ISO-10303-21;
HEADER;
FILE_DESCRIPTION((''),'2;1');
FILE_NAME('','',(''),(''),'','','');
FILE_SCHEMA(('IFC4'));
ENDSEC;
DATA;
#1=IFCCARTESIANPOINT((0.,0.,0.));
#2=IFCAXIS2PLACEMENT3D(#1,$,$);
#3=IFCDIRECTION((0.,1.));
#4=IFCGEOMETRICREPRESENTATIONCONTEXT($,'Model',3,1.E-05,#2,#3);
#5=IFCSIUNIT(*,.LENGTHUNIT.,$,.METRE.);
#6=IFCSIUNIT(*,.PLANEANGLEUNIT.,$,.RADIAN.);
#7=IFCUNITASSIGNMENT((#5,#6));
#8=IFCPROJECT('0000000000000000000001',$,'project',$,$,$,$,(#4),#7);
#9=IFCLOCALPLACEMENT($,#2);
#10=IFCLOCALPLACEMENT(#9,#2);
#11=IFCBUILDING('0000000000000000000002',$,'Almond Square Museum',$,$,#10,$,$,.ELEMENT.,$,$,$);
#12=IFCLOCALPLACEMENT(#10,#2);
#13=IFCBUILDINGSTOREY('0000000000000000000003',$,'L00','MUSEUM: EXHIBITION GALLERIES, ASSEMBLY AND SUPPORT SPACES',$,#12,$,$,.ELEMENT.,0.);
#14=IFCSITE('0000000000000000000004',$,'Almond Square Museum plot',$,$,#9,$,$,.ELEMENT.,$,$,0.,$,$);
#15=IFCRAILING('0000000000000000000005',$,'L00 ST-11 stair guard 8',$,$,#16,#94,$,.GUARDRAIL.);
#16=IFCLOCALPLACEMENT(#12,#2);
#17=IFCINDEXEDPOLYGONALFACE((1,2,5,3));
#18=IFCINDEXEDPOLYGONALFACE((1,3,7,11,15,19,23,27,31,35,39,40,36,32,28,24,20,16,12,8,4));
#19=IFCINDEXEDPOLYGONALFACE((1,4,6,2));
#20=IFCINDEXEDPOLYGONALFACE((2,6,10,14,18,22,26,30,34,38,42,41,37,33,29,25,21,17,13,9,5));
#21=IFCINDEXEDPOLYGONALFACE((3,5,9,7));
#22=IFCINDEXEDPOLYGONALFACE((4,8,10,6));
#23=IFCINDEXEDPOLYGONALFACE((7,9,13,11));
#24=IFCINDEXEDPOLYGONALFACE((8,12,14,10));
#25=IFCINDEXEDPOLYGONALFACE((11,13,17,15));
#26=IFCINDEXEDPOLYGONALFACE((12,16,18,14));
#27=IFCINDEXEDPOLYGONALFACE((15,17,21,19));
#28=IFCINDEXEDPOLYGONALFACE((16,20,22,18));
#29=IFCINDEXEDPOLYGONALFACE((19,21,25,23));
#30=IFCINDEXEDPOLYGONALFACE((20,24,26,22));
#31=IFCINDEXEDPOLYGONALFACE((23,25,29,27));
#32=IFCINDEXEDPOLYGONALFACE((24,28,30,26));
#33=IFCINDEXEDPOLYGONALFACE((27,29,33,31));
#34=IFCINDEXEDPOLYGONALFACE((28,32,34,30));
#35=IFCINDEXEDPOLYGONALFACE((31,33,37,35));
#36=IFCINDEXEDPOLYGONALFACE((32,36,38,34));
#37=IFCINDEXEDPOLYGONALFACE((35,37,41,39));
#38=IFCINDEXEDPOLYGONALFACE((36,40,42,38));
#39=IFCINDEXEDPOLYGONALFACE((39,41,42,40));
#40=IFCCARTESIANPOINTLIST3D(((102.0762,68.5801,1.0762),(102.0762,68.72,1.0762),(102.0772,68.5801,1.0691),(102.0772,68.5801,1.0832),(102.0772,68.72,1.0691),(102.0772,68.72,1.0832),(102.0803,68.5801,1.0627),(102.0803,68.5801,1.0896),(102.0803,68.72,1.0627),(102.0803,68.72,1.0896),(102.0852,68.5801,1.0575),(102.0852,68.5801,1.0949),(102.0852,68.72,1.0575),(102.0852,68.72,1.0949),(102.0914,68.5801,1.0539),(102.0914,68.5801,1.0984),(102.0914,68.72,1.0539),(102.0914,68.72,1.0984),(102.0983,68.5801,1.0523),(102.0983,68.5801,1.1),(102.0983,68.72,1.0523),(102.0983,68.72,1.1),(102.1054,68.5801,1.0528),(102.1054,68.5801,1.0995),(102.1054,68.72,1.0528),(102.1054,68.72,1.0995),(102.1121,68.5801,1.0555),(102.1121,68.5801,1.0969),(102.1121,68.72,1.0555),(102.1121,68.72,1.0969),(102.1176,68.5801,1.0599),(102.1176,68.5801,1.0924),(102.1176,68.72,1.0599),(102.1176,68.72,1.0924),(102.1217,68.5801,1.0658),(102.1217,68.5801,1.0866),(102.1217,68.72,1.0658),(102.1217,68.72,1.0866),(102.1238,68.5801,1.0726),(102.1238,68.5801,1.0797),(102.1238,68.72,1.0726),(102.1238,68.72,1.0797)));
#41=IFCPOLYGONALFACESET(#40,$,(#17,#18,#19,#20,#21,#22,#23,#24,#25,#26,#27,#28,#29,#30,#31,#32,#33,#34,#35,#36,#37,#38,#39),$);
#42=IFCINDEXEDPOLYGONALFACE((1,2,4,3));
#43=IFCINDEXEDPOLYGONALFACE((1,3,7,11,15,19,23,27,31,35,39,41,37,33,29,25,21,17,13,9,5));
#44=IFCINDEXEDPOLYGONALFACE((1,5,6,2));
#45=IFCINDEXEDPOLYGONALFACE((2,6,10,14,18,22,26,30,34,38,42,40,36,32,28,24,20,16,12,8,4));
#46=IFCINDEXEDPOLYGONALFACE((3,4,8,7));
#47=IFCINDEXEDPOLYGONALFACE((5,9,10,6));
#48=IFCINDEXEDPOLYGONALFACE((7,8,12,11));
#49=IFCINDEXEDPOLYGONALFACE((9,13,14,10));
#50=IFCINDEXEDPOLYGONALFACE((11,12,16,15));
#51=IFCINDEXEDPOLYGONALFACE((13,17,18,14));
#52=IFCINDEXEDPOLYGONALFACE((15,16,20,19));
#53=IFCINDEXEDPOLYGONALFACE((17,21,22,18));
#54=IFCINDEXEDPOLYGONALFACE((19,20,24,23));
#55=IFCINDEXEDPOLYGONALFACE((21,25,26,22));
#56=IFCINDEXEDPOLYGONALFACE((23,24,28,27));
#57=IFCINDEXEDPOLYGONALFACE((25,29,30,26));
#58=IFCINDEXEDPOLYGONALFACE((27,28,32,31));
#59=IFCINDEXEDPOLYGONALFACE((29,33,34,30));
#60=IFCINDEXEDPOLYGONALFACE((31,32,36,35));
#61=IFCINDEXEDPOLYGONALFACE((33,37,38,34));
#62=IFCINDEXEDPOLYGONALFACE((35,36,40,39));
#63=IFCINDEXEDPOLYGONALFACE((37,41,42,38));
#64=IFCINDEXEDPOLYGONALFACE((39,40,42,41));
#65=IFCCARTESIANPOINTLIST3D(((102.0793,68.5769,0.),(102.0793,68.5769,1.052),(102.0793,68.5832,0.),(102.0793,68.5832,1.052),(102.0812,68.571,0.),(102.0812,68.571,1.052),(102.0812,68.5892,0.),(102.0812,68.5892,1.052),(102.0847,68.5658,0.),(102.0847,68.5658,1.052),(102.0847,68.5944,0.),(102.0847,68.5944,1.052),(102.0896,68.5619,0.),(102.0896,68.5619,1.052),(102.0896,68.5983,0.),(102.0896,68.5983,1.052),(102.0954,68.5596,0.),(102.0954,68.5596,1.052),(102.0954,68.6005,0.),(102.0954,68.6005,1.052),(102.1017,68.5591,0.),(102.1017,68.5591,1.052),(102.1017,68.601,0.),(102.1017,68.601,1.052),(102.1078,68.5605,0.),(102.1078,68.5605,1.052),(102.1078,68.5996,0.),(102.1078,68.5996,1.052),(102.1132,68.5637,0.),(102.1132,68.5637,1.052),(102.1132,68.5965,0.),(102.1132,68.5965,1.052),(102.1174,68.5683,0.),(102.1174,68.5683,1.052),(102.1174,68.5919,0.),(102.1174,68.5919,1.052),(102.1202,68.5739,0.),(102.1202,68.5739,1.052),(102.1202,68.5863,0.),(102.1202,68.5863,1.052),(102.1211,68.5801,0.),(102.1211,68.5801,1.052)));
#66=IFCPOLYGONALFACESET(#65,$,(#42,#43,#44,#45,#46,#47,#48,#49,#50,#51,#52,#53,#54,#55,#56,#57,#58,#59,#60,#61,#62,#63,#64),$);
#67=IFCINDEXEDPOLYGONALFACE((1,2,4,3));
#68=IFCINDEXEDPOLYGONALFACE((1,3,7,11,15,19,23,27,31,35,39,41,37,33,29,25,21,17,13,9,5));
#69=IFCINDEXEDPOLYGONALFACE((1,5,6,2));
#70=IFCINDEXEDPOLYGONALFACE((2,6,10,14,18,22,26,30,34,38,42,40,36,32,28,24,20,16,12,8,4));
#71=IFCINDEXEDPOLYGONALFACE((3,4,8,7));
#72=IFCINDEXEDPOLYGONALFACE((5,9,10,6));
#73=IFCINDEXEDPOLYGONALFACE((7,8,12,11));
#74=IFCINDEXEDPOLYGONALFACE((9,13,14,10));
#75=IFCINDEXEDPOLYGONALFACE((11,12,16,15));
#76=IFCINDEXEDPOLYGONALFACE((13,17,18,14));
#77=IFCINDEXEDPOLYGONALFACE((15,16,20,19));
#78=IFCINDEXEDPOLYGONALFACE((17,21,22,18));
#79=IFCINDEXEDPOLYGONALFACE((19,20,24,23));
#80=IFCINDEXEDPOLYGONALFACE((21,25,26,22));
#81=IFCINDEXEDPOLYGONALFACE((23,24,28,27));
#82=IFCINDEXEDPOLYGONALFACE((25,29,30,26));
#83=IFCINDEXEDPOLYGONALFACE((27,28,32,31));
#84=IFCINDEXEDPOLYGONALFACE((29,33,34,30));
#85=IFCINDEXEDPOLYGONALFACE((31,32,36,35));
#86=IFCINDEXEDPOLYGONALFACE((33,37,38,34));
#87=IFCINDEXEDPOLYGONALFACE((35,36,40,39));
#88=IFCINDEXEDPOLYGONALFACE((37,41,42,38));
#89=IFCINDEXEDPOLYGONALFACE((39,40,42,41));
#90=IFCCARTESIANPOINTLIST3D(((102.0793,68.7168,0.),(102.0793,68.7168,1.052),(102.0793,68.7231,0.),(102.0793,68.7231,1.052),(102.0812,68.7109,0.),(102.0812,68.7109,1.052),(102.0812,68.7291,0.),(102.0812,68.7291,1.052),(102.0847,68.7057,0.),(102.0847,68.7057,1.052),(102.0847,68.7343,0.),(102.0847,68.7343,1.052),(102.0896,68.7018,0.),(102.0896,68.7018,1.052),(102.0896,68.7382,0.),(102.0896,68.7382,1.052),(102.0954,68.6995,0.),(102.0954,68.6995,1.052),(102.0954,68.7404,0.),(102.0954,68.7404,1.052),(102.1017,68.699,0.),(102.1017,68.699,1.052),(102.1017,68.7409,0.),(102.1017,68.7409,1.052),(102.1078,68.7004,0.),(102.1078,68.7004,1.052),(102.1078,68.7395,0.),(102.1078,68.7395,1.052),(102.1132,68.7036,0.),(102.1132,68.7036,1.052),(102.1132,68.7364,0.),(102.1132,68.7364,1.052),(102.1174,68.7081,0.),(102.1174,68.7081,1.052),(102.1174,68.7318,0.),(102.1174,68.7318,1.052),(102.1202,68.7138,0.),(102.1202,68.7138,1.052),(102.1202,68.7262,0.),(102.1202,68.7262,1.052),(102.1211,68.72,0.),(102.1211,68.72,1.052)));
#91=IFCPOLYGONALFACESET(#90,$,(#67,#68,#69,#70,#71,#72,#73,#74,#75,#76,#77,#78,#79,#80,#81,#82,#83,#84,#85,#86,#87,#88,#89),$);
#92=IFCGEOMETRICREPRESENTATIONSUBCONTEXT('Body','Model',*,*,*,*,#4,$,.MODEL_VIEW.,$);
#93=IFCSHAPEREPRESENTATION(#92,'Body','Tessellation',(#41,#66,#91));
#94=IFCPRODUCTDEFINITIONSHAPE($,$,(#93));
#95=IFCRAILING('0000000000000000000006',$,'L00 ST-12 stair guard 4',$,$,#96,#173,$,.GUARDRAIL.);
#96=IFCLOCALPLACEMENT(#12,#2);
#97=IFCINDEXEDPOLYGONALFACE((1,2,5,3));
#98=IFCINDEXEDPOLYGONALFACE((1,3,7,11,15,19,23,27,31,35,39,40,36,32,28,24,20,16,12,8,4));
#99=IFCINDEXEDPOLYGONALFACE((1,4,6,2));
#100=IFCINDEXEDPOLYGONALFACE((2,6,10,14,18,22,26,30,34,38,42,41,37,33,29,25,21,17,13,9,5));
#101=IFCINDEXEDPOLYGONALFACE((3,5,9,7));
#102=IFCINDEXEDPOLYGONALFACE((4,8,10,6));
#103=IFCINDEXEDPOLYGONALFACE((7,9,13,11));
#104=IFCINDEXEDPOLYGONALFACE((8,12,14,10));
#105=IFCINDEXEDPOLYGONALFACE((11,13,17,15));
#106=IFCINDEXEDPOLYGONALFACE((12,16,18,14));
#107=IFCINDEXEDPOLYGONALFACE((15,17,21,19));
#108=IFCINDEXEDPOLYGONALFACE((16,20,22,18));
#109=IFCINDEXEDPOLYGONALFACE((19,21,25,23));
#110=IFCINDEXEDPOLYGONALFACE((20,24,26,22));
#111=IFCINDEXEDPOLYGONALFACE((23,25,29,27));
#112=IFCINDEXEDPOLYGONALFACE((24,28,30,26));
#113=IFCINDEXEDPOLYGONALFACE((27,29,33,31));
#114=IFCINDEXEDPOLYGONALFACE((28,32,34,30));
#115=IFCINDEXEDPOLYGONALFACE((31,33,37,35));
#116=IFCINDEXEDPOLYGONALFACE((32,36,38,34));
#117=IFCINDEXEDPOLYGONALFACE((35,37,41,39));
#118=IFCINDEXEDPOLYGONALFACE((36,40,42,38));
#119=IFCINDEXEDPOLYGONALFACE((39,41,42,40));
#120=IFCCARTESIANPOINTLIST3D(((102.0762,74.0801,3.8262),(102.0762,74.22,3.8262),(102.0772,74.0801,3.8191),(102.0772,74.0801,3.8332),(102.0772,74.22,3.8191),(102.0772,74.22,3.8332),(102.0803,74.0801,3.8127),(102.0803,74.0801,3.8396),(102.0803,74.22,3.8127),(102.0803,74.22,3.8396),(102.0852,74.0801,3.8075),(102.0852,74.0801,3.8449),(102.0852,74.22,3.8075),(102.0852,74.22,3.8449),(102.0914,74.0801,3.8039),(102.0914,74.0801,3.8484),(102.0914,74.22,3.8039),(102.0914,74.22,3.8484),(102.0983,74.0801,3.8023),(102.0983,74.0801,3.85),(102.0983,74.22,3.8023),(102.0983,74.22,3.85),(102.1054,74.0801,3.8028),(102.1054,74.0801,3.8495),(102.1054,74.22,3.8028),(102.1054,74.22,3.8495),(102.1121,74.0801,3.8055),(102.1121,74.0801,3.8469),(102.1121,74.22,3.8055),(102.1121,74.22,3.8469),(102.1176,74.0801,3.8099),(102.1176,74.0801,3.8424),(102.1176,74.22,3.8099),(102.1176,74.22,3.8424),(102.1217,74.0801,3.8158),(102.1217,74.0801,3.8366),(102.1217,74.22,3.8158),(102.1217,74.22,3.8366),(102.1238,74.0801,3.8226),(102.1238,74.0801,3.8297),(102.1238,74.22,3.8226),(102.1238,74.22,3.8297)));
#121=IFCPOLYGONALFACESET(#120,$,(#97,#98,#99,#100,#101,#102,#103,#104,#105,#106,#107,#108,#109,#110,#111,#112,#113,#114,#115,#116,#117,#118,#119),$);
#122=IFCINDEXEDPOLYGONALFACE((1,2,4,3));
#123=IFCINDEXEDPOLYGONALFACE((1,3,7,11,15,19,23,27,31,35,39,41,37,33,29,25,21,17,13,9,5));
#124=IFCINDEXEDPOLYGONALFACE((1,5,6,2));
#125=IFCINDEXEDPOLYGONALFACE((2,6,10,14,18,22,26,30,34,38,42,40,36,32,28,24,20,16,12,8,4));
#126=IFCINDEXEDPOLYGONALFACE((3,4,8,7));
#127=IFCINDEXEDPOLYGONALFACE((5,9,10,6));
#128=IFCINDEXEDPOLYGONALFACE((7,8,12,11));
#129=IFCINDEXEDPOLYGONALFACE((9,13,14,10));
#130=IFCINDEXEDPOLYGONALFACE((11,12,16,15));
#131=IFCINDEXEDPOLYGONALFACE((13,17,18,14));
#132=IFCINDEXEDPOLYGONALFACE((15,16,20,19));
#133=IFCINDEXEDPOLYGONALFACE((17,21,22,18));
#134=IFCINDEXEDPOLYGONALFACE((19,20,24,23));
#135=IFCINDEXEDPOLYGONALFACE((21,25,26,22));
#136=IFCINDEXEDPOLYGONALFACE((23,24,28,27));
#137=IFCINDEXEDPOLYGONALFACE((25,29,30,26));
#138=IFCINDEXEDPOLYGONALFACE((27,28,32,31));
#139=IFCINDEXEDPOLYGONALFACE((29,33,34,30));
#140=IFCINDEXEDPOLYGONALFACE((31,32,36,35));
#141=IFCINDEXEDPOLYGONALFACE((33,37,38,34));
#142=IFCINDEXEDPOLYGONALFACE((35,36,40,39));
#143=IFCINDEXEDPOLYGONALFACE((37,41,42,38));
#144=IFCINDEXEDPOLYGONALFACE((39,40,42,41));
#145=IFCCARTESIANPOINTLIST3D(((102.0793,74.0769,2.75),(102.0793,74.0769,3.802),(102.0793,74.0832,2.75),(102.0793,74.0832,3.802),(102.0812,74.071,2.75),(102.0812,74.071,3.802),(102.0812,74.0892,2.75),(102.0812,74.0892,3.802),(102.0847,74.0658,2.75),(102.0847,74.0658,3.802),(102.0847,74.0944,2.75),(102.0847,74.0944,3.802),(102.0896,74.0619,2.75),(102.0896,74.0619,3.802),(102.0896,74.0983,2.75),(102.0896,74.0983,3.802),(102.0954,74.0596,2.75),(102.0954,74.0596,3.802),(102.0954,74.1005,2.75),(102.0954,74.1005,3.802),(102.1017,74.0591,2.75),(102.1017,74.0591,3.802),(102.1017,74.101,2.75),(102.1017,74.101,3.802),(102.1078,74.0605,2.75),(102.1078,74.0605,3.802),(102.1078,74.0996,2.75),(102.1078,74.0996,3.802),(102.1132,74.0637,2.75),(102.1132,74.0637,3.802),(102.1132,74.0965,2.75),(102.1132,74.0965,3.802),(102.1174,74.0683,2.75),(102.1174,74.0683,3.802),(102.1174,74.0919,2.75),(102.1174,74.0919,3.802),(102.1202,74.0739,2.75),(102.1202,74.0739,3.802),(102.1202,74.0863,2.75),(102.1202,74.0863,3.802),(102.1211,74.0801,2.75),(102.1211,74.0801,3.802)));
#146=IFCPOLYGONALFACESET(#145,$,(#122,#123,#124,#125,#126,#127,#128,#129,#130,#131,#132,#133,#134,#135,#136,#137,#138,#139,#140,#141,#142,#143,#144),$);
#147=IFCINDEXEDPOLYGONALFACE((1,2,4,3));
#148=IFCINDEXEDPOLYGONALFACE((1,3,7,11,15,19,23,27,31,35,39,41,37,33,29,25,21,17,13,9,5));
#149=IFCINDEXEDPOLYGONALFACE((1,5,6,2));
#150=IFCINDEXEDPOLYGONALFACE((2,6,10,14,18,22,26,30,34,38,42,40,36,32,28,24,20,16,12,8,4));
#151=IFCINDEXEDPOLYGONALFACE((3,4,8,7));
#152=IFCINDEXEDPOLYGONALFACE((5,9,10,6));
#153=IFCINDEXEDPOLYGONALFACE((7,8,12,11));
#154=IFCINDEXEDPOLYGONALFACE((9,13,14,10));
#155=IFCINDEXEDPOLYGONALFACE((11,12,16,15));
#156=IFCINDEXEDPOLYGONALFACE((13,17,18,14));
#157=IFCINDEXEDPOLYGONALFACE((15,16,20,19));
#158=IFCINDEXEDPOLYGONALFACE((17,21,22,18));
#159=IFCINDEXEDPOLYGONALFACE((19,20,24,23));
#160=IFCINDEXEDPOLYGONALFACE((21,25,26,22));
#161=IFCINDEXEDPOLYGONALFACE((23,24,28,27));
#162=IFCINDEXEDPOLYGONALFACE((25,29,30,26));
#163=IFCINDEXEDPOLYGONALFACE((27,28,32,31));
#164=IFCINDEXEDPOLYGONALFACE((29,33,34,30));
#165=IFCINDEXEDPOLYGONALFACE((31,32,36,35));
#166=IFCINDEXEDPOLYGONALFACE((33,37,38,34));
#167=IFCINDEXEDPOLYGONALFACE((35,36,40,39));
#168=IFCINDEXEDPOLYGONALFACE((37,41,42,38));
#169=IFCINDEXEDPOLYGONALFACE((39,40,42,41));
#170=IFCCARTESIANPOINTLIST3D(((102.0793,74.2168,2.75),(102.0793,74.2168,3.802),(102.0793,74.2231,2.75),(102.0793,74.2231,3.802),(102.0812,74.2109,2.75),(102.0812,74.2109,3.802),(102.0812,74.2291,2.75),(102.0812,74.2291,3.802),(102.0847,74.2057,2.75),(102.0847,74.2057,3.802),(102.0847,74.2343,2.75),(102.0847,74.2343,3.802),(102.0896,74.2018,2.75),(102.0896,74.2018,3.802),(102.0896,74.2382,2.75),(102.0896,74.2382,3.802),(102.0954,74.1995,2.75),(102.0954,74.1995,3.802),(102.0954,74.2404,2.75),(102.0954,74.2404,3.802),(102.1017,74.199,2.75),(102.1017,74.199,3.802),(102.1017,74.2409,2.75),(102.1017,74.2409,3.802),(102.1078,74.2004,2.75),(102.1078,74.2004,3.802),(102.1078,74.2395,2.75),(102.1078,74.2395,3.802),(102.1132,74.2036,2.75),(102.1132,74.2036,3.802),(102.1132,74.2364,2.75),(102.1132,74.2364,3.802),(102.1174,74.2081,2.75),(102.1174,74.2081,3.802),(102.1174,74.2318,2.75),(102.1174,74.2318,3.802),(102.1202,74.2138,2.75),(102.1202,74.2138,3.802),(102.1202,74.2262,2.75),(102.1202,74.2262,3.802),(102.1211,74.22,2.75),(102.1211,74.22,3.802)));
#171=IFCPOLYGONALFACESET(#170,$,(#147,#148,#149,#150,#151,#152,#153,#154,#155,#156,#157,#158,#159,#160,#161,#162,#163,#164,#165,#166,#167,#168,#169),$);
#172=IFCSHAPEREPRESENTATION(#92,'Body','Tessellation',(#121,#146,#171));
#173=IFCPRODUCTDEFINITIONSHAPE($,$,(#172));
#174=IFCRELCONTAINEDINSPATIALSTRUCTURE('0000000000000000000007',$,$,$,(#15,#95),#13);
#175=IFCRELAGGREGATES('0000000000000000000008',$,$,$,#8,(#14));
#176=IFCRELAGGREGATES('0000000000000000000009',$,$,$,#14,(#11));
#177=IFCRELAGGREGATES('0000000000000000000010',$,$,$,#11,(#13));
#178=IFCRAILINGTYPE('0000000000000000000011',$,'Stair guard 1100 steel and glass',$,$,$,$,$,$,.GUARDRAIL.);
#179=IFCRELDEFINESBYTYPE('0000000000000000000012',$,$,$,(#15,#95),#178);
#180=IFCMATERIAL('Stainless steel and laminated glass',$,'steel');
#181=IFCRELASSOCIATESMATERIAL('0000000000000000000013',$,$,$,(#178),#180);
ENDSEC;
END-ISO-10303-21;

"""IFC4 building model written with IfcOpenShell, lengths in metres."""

from ifc_helpers import new_model, si_unit, direction, frame, origin, origin_2d, place, context, subcontext, project, spatial, circle, extrude, material, type_object, element, save


model = new_model("IFC4")

# Units and contexts
model_context = context("Model", 3, precision=1e-05, world=origin(), true_north=direction((0.0, 1.0)))
body_context = subcontext(model_context, "Body", "Model", "MODEL_VIEW")
ifc_project = project(units=[si_unit("LENGTHUNIT", "METRE"), si_unit("PLANEANGLEUNIT", "RADIAN")], contexts=[model_context])

# Site, building, storey
site_placement = place(None, origin())
site = spatial("IfcSite", under=ifc_project, at=site_placement, Name="Almond Square Museum plot", CompositionType="ELEMENT", RefElevation=0.0)
building_placement = place(site_placement, origin())
building = spatial("IfcBuilding", under=site, at=building_placement, Name="Almond Square Museum", CompositionType="ELEMENT")
storey_placement = place(building_placement, origin())
storey = spatial("IfcBuildingStorey", under=building, at=storey_placement, Name="L00", Description="MUSEUM: EXHIBITION GALLERIES, ASSEMBLY AND SUPPORT SPACES", CompositionType="ELEMENT", Elevation=0.0)

# Railings
ifc_material_1 = material(Name="Stainless steel and laminated glass", Category="steel")
railing_type_1 = type_object("IfcRailingType", Name="Stair guard 1100 steel and glass", PredefinedType="GUARDRAIL", material=ifc_material_1)
for number, where, name in (
    (1, (102.1001, 68.5801, 0.0), "L00 ST-11 stair guard 8"),
    (2, (102.1001, 74.0801, 2.75), "L00 ST-12 stair guard 4"),
):
    element("IfcRailing", number, at=place(storey_placement, frame(where)), inside=storey, type_object=railing_type_1, Name=name, PredefinedType="GUARDRAIL", context=body_context, shape_type="SweptSolid", body=[
        extrude(circle(Radius=0.0239, at=origin_2d()), frame((0.0, 0.0, 1.0762), z_axis=(0.0, 1.0, 0.0), x_axis=(-1.0, 0.0, 0.0)), (0.0, 0.0, 1.0), 0.1399),
        extrude(circle(Radius=0.021, at=origin_2d()), origin(), (0.0, 0.0, 1.0), 1.052),
        extrude(circle(Radius=0.021, at=origin_2d()), frame((0.0, 0.1399, 0.0)), (0.0, 0.0, 1.0), 1.052),
    ])

save(model, "model.ifc")
